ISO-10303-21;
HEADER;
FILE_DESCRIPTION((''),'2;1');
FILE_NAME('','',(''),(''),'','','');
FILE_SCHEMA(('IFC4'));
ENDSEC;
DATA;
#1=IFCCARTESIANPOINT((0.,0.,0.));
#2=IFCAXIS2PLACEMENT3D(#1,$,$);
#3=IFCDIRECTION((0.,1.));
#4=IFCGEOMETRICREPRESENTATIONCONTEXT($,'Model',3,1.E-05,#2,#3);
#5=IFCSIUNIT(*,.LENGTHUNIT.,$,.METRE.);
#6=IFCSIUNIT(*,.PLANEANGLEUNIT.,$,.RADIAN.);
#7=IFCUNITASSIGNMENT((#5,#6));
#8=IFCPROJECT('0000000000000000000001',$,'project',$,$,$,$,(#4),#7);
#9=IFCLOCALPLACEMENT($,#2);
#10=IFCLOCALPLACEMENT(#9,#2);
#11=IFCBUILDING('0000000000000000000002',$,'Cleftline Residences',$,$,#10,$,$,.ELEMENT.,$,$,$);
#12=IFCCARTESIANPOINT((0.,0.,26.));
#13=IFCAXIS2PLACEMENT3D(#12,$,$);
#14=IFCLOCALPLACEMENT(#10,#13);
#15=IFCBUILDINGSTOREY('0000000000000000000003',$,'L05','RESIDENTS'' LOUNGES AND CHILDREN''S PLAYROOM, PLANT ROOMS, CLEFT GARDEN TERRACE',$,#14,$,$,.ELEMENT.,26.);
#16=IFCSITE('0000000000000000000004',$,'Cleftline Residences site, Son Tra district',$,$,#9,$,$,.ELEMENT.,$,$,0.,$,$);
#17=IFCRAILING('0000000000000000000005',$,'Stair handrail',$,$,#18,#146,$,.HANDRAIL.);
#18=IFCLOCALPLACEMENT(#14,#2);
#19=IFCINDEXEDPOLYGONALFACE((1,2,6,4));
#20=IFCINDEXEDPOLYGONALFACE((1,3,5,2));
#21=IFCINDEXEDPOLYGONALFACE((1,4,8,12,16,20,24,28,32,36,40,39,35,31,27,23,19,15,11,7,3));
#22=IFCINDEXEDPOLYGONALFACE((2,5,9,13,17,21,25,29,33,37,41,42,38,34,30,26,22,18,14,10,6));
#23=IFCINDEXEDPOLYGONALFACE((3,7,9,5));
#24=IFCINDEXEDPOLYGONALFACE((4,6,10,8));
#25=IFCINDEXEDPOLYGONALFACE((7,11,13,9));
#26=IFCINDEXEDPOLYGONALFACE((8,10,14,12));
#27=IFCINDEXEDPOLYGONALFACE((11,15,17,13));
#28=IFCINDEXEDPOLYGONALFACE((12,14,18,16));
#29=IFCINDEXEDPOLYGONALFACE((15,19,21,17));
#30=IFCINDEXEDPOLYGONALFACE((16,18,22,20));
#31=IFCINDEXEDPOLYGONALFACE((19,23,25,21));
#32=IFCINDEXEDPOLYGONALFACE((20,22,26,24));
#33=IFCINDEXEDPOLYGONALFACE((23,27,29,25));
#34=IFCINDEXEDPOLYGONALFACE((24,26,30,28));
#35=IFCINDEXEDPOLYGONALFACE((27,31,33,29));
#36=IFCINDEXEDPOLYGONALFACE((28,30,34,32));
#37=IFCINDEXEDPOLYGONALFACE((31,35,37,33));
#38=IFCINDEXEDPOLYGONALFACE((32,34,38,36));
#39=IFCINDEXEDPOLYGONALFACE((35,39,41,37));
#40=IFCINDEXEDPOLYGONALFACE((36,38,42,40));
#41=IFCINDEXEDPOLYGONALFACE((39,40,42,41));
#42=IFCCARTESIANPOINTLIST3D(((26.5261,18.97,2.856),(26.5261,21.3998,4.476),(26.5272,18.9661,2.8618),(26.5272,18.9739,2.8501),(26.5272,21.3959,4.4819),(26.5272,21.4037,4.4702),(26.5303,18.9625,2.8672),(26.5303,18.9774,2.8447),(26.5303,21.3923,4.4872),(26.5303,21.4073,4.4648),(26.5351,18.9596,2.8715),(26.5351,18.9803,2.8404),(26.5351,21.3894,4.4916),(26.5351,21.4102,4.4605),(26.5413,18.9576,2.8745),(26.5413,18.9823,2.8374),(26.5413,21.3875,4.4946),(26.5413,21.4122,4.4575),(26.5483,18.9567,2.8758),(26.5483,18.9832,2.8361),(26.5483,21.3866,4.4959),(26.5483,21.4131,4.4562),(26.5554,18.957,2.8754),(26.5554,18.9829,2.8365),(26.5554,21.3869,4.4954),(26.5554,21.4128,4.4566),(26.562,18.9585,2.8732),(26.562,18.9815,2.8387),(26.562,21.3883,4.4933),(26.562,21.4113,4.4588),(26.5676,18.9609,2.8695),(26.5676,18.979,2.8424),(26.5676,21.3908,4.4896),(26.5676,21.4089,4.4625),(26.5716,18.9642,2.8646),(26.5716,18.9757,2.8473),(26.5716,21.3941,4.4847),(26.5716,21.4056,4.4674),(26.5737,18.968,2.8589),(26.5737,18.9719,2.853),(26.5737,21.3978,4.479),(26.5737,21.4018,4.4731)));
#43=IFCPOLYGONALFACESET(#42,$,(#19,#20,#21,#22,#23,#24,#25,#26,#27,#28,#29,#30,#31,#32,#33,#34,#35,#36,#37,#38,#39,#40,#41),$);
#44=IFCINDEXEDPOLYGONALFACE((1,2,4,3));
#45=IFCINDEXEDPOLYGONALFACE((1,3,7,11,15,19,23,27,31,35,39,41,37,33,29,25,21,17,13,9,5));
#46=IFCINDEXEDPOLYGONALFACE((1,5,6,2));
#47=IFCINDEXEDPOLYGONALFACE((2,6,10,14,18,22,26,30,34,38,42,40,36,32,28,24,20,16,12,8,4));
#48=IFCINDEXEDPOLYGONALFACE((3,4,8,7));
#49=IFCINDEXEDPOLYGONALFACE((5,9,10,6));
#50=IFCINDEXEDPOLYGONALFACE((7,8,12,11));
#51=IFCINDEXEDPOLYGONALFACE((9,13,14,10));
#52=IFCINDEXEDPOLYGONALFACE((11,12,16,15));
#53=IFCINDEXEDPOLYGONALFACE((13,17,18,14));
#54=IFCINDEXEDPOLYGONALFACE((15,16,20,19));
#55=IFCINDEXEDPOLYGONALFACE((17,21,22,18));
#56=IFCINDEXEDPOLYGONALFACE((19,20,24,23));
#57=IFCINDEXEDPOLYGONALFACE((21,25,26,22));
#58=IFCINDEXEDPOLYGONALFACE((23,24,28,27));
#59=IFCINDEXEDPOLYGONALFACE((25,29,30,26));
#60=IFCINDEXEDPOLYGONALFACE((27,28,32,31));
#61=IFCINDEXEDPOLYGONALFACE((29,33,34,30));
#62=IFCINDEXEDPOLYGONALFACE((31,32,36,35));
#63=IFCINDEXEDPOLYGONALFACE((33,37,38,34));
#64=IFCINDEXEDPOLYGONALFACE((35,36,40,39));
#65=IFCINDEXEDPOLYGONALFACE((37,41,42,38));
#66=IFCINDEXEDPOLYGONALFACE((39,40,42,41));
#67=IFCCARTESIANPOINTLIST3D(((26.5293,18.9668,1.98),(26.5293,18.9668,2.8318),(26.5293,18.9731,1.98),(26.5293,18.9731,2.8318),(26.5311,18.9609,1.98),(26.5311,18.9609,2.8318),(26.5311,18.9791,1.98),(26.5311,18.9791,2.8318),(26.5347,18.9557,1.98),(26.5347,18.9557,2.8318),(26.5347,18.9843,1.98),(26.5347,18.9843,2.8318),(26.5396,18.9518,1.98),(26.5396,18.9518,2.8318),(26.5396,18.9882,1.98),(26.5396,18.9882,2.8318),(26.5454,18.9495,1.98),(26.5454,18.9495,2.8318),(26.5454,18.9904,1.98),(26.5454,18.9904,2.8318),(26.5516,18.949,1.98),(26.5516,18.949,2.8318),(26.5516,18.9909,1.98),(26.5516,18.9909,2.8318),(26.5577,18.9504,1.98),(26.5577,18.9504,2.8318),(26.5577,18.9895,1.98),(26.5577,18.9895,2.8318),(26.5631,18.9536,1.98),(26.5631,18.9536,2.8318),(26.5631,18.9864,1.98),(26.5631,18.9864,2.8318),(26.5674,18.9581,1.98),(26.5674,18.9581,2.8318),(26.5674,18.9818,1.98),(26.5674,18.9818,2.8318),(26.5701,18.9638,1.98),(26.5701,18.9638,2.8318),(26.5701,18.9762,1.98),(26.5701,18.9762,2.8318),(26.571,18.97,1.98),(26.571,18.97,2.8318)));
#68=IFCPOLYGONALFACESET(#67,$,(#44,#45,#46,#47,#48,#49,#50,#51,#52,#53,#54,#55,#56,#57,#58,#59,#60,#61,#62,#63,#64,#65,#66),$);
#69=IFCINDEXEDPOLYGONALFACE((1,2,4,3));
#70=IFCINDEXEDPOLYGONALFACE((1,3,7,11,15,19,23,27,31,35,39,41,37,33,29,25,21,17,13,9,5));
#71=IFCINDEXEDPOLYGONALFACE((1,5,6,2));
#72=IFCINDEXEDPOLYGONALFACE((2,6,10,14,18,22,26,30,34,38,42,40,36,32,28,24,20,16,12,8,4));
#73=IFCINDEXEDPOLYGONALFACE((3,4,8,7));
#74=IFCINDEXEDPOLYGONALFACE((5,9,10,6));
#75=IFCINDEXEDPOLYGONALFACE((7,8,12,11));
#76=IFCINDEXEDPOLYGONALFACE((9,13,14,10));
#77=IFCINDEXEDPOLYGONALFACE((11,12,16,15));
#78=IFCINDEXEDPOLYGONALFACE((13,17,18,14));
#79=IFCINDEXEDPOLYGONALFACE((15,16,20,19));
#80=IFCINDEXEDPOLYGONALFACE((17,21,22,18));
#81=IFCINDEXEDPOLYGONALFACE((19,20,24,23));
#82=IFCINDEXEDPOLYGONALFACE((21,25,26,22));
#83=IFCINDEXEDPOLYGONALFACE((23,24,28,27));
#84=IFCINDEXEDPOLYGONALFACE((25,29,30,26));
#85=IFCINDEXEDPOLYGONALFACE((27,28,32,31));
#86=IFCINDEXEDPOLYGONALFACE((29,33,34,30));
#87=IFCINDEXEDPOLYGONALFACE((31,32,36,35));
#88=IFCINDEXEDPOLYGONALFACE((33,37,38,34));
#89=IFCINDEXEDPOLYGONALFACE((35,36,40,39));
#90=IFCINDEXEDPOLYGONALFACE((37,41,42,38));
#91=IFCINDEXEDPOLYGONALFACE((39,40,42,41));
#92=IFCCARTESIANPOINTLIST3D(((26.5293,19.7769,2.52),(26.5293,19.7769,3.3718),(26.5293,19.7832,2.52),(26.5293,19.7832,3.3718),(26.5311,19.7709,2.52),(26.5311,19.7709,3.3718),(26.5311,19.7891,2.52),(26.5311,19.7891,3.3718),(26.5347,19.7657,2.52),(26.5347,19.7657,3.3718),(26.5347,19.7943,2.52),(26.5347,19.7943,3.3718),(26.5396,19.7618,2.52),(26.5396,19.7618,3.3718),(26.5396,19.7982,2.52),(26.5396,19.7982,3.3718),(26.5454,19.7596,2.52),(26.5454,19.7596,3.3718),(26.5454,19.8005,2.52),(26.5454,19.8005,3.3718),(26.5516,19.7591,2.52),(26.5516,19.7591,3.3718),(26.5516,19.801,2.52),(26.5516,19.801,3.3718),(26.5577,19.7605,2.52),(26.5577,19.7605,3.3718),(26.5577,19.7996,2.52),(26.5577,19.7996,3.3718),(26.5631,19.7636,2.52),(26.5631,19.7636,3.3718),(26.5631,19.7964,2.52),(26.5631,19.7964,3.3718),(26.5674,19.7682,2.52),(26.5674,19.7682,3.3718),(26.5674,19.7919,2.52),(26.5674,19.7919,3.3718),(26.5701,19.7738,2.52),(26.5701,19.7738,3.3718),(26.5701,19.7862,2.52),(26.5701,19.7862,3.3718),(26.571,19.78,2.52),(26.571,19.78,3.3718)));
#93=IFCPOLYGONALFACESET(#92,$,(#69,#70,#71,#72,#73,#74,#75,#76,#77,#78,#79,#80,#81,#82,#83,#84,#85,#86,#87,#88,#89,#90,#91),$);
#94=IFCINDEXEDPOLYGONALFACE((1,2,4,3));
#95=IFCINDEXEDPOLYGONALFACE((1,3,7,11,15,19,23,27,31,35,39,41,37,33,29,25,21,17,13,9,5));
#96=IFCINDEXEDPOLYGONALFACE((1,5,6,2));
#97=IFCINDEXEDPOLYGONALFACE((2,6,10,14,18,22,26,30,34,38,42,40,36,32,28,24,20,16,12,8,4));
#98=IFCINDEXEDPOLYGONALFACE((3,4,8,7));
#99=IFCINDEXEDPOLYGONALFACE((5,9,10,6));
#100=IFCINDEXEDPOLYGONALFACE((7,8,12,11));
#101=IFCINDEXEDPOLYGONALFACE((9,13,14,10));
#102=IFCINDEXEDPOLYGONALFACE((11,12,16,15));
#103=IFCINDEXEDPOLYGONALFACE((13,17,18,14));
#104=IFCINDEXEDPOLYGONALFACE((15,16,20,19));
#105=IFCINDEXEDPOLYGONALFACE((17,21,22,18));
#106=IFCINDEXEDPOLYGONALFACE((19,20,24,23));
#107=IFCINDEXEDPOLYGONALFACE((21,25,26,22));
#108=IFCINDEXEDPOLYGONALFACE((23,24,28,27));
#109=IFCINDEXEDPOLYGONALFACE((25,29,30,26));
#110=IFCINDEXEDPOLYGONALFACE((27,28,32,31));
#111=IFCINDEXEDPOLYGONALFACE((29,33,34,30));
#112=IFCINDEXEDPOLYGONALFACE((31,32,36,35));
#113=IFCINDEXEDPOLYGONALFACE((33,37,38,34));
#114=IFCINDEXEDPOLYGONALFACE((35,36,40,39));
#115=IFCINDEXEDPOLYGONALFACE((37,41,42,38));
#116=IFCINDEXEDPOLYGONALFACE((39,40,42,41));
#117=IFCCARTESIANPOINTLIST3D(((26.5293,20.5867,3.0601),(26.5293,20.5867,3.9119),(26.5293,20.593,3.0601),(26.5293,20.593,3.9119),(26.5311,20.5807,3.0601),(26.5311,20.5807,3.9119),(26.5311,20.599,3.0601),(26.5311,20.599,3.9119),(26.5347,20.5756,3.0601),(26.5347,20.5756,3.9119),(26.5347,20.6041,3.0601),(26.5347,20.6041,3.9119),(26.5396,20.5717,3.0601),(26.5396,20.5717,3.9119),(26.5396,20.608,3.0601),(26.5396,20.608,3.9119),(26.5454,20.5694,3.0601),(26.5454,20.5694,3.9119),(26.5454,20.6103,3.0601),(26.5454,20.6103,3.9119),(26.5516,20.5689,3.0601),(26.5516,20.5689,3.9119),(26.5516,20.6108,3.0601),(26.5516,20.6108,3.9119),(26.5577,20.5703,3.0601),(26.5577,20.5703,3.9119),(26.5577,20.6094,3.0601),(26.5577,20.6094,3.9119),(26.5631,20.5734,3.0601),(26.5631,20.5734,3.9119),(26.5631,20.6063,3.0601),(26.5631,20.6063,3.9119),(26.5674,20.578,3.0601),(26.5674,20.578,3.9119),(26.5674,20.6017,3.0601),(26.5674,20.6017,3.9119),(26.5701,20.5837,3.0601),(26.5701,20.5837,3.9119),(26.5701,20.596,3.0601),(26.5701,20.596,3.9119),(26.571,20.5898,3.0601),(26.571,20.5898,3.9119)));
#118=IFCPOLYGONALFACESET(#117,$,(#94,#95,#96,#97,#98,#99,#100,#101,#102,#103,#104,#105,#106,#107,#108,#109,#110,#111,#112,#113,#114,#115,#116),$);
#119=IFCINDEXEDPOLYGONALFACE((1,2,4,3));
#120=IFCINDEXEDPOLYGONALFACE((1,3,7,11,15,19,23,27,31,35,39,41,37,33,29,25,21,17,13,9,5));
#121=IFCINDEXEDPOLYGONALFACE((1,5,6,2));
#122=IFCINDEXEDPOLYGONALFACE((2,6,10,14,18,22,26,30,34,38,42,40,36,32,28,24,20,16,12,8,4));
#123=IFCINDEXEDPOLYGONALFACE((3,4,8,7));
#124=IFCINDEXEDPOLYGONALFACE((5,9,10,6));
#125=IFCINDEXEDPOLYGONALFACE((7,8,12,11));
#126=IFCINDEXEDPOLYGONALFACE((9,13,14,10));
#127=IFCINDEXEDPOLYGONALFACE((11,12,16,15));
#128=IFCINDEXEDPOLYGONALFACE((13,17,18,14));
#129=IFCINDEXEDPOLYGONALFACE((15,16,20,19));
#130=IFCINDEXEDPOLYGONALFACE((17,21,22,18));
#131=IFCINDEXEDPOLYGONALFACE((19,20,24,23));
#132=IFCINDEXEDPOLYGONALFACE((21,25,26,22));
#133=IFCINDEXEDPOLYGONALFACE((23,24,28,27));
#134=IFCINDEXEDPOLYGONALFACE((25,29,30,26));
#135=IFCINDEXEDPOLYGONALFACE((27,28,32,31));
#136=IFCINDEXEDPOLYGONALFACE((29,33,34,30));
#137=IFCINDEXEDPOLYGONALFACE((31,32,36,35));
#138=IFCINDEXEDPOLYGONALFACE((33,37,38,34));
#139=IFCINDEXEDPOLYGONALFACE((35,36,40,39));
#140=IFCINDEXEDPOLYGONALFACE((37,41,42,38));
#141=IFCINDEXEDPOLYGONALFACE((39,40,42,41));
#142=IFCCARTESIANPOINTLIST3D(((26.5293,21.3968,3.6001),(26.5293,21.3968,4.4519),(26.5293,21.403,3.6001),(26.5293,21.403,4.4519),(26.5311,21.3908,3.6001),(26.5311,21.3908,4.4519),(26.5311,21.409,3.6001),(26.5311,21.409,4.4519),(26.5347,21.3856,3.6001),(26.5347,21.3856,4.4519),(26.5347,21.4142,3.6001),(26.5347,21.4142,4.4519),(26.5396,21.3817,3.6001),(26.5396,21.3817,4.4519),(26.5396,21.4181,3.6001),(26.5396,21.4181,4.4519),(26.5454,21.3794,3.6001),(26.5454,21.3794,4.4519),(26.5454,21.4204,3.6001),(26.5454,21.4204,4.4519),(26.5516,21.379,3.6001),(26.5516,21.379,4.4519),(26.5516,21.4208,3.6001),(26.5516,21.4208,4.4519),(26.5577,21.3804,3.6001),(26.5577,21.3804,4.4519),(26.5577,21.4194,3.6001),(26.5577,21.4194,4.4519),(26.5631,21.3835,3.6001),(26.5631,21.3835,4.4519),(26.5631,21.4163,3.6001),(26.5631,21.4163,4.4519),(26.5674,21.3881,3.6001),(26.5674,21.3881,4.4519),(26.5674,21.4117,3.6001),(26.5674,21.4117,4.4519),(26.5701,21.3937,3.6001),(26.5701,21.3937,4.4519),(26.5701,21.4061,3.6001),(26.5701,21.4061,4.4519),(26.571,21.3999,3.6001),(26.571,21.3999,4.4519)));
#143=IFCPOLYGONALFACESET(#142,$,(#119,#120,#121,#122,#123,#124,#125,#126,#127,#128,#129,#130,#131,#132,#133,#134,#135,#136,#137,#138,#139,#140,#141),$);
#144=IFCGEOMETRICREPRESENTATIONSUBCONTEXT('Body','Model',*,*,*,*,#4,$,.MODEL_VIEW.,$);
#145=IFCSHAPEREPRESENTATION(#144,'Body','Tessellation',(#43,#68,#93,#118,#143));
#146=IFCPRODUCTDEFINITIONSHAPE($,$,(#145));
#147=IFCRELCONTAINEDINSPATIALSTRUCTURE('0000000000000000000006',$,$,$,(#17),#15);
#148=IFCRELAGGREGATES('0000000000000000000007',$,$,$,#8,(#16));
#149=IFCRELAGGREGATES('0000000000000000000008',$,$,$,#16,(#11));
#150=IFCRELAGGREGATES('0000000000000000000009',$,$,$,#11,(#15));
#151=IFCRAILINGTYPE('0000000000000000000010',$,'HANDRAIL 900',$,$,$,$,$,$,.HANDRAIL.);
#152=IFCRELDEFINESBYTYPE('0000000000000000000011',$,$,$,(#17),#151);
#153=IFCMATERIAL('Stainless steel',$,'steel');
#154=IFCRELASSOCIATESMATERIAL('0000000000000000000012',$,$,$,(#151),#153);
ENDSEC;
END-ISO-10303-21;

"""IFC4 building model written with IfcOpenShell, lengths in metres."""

from ifc_helpers import new_model, si_unit, direction, frame, origin, origin_2d, place, context, subcontext, project, spatial, circle, extrude, material, type_object, element, save


model = new_model("IFC4")

# Units and contexts
model_context = context("Model", 3, precision=1e-05, world=origin(), true_north=direction((0.0, 1.0)))
body_context = subcontext(model_context, "Body", "Model", "MODEL_VIEW")
ifc_project = project(units=[si_unit("LENGTHUNIT", "METRE"), si_unit("PLANEANGLEUNIT", "RADIAN")], contexts=[model_context])

# Site, building, storey
site_placement = place(None, origin())
site = spatial("IfcSite", under=ifc_project, at=site_placement, Name="Cleftline Residences site, Son Tra district", CompositionType="ELEMENT", RefElevation=0.0)
building_placement = place(site_placement, origin())
building = spatial("IfcBuilding", under=site, at=building_placement, Name="Cleftline Residences", CompositionType="ELEMENT")
storey_placement = place(building_placement, frame((0.0, 0.0, 26.0)))
storey = spatial("IfcBuildingStorey", under=building, at=storey_placement, Name="L05", Description="RESIDENTS' LOUNGES AND CHILDREN'S PLAYROOM, PLANT ROOMS, CLEFT GARDEN TERRACE", CompositionType="ELEMENT", Elevation=26.0)

# Railing
ifc_material_1 = material(Name="Stainless steel", Category="steel")
railing_type = type_object("IfcRailingType", Name="HANDRAIL 900", PredefinedType="HANDRAIL", material=ifc_material_1)
railing_1_placement = place(storey_placement, frame((26.55, 18.97, 1.98)))
element("IfcRailing", 1, at=railing_1_placement, inside=storey, type_object=railing_type, Name="Stair handrail", PredefinedType="HANDRAIL", context=body_context, shape_type="SweptSolid", body=[
    extrude(circle(Radius=0.0239, at=origin_2d()), frame((0.0, 0.0, 0.876), z_axis=(0.0, 0.832025, 0.554739), x_axis=(-1.0, 0.0, 0.0)), (0.0, 0.0, 1.0), 2.9204),
    extrude(circle(Radius=0.021, at=origin_2d()), origin(), (0.0, 0.0, 1.0), 0.8518),
    extrude(circle(Radius=0.021, at=origin_2d()), frame((0.0, 0.8101, 0.54)), (0.0, 0.0, 1.0), 0.8518),
    extrude(circle(Radius=0.021, at=origin_2d()), frame((0.0, 1.6199, 1.0801)), (0.0, 0.0, 1.0), 0.8518),
    extrude(circle(Radius=0.021, at=origin_2d()), frame((0.0, 2.4299, 1.6201)), (0.0, 0.0, 1.0), 0.8518),
])

save(model, "model.ifc")
